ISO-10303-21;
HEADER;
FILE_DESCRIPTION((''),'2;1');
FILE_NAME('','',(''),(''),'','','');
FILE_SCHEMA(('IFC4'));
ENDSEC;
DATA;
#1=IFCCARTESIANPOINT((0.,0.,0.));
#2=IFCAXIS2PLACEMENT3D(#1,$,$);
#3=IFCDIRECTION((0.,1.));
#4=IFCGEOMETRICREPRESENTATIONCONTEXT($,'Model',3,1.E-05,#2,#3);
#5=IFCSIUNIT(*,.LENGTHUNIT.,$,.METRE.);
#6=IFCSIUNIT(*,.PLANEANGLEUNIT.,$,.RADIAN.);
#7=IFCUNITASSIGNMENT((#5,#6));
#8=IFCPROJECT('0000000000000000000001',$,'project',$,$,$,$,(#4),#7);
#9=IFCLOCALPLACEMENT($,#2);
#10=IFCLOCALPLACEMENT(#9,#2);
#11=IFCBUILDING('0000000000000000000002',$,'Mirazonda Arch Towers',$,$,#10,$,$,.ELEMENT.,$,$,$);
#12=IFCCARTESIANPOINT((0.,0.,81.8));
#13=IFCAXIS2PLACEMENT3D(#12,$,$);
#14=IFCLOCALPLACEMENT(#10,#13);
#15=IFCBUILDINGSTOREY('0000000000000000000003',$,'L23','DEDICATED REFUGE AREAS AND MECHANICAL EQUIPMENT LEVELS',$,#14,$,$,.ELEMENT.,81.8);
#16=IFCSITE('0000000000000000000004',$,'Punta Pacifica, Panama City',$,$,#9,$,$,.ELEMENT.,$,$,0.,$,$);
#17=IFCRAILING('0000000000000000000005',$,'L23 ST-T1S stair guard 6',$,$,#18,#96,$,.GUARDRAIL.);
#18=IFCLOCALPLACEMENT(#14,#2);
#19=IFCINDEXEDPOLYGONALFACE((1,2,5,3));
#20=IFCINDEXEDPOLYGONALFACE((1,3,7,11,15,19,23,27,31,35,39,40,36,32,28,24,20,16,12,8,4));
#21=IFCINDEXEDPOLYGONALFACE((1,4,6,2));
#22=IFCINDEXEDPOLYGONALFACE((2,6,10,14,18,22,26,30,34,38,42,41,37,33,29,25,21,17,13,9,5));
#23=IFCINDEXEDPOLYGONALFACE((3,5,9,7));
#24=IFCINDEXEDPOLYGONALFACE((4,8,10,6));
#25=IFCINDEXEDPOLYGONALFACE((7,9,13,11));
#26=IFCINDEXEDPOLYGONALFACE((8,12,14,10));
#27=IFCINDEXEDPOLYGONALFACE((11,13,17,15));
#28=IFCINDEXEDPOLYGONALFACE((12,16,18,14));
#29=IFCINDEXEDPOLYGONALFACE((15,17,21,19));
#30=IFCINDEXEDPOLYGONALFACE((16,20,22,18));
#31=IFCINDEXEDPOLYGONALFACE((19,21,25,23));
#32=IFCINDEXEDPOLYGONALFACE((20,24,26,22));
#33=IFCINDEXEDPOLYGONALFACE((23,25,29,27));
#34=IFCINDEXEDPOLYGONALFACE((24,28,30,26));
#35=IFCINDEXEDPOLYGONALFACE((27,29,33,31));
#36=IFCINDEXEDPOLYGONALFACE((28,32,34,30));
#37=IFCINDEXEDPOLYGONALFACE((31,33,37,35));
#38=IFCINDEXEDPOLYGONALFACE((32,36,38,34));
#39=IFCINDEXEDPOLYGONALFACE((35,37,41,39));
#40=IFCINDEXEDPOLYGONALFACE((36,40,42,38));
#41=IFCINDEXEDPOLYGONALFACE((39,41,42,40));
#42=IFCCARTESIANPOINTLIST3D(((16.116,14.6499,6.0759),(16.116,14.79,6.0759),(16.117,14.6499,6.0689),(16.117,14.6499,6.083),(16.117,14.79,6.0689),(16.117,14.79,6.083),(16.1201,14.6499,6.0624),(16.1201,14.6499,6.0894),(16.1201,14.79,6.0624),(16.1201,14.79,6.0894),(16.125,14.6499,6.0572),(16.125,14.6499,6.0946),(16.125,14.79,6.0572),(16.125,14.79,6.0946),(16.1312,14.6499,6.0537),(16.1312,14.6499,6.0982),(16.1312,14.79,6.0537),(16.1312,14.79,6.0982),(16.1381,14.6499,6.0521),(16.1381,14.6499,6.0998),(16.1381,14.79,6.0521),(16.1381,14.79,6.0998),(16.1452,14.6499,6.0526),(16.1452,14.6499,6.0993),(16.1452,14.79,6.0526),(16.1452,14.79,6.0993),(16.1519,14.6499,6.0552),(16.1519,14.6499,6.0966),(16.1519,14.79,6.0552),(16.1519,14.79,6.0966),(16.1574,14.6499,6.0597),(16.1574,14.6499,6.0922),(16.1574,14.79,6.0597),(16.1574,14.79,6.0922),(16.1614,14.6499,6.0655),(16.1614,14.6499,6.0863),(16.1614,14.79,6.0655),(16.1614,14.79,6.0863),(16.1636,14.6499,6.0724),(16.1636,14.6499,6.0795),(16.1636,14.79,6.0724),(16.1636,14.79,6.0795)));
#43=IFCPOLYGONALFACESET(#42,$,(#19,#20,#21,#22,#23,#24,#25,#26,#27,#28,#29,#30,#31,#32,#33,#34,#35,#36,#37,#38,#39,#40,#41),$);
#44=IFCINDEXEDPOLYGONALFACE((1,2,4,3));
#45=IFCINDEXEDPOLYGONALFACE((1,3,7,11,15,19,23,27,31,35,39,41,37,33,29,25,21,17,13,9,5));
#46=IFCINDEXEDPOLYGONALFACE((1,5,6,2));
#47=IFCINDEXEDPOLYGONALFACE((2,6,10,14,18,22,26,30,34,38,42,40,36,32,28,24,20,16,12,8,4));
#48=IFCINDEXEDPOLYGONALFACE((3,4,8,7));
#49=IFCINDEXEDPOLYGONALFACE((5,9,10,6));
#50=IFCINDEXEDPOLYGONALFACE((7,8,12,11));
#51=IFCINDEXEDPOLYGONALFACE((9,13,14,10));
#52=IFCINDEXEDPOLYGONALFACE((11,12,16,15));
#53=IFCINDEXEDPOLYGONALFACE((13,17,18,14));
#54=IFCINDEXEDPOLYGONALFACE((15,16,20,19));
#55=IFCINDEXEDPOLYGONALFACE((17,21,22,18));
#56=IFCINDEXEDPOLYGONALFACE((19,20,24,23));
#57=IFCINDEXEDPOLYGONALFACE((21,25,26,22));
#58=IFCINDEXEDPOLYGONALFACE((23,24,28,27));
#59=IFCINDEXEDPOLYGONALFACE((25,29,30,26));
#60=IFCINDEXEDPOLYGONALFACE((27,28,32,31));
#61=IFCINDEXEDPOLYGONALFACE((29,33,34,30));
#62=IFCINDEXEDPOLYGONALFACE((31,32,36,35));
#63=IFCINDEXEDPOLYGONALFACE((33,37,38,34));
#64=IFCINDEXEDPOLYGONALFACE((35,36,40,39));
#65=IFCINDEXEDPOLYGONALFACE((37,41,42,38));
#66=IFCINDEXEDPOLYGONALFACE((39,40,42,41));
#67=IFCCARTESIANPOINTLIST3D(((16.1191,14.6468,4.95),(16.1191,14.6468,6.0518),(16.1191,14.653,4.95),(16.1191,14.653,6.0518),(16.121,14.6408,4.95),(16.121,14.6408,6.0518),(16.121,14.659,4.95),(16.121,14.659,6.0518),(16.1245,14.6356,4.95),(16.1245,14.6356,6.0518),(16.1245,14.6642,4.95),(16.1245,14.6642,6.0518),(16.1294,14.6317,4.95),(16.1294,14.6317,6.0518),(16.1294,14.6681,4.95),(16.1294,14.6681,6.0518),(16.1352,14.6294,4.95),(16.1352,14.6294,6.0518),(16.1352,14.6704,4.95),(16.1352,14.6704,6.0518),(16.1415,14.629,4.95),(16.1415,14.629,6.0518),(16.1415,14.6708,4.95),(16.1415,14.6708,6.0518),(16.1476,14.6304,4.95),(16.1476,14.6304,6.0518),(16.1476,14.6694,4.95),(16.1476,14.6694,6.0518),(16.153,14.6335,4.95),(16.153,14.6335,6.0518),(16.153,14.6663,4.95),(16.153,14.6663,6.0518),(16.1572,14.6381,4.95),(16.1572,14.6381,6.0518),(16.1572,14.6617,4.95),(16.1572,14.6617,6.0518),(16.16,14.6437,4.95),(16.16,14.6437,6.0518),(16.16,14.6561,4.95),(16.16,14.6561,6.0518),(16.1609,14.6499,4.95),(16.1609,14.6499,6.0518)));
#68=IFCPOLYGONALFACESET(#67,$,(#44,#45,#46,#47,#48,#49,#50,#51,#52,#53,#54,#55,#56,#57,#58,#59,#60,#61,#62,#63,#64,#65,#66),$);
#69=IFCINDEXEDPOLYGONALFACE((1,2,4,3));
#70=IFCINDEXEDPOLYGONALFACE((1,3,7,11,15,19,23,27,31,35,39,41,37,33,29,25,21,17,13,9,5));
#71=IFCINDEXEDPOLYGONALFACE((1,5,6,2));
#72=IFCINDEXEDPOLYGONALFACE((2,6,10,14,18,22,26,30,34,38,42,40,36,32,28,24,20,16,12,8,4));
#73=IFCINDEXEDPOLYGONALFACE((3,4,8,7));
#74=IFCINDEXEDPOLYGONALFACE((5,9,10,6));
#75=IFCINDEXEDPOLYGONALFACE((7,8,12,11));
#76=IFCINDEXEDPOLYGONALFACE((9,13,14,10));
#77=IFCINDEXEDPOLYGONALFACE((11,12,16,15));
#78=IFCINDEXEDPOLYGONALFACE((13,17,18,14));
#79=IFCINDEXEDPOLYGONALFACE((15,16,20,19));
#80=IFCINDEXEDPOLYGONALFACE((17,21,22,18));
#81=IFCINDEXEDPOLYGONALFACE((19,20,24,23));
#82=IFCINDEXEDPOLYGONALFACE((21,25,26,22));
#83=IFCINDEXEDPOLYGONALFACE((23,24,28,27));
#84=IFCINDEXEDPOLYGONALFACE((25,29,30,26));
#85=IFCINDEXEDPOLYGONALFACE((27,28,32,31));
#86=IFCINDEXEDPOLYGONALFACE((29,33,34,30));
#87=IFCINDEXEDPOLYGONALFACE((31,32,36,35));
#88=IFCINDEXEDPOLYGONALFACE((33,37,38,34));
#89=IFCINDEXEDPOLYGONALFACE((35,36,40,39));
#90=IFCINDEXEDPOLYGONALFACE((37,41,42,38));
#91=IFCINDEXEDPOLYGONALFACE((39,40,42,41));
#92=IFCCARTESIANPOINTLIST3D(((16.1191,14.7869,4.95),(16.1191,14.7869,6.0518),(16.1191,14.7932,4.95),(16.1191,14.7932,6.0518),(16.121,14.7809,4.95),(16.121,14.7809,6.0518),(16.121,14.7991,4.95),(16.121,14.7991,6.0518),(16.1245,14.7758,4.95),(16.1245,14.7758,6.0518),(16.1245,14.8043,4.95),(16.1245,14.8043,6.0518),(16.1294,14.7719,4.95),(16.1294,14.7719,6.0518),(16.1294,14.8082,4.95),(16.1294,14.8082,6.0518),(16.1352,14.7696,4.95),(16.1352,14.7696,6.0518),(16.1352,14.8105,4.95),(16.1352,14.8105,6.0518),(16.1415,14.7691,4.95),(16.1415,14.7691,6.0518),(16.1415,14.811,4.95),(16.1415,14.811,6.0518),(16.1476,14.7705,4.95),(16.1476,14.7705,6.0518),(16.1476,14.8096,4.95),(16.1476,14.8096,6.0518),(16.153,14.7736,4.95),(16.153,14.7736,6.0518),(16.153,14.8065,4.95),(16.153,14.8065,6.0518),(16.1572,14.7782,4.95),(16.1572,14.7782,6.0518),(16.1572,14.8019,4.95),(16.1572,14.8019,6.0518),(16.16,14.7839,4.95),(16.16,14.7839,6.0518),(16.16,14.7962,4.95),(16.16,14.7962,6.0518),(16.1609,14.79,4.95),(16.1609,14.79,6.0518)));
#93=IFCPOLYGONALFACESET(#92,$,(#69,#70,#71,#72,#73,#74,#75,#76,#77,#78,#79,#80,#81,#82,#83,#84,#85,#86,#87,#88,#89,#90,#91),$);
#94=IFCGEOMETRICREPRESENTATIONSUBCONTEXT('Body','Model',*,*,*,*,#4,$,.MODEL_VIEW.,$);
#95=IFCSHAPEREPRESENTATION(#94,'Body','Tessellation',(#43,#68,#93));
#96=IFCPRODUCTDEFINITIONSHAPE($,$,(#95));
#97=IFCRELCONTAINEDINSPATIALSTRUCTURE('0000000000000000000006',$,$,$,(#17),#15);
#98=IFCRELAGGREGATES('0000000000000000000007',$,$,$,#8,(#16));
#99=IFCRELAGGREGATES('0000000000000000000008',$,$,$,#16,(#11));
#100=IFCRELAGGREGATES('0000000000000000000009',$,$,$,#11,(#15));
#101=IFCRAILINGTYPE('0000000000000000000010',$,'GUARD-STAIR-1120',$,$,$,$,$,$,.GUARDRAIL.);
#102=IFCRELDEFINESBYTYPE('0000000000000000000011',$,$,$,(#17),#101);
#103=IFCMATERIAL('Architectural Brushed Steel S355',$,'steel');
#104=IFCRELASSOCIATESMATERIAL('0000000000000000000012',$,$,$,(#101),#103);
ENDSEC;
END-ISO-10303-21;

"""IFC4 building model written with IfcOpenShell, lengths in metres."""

from ifc_helpers import new_model, si_unit, direction, frame, origin, origin_2d, place, context, subcontext, project, spatial, circle, extrude, material, type_object, element, save


model = new_model("IFC4")

# Units and contexts
model_context = context("Model", 3, precision=1e-05, world=origin(), true_north=direction((0.0, 1.0)))
body_context = subcontext(model_context, "Body", "Model", "MODEL_VIEW")
ifc_project = project(units=[si_unit("LENGTHUNIT", "METRE"), si_unit("PLANEANGLEUNIT", "RADIAN")], contexts=[model_context])

# Site, building, storey
site_placement = place(None, origin())
site = spatial("IfcSite", under=ifc_project, at=site_placement, Name="Punta Pacifica, Panama City", CompositionType="ELEMENT", RefElevation=0.0)
building_placement = place(site_placement, origin())
building = spatial("IfcBuilding", under=site, at=building_placement, Name="Mirazonda Arch Towers", CompositionType="ELEMENT")
storey_placement = place(building_placement, frame((0.0, 0.0, 81.8)))
storey = spatial("IfcBuildingStorey", under=building, at=storey_placement, Name="L23", Description="DEDICATED REFUGE AREAS AND MECHANICAL EQUIPMENT LEVELS", CompositionType="ELEMENT", Elevation=81.8)

# Shared definitions
ifc_material_1 = material(Name="Architectural Brushed Steel S355", Category="steel")

# Railing
railing_type_1 = type_object("IfcRailingType", Name="GUARD-STAIR-1120", PredefinedType="GUARDRAIL", material=ifc_material_1)
railing_1_placement = place(storey_placement, frame((16.1399, 14.6499, 4.95)))
element("IfcRailing", 1, at=railing_1_placement, inside=storey, type_object=railing_type_1, Name="L23 ST-T1S stair guard 6", PredefinedType="GUARDRAIL", context=body_context, shape_type="SweptSolid", body=[
    extrude(circle(Radius=0.0239, at=origin_2d()), frame((0.0, 0.0, 1.126), z_axis=(0.0, 1.0, 0.0), x_axis=(-1.0, 0.0, 0.0)), (0.0, 0.0, 1.0), 0.1401),
    extrude(circle(Radius=0.021, at=origin_2d()), origin(), (0.0, 0.0, 1.0), 1.1018),
    extrude(circle(Radius=0.021, at=origin_2d()), frame((0.0, 0.1401, 0.0)), (0.0, 0.0, 1.0), 1.1018),
])

save(model, "model.ifc")
